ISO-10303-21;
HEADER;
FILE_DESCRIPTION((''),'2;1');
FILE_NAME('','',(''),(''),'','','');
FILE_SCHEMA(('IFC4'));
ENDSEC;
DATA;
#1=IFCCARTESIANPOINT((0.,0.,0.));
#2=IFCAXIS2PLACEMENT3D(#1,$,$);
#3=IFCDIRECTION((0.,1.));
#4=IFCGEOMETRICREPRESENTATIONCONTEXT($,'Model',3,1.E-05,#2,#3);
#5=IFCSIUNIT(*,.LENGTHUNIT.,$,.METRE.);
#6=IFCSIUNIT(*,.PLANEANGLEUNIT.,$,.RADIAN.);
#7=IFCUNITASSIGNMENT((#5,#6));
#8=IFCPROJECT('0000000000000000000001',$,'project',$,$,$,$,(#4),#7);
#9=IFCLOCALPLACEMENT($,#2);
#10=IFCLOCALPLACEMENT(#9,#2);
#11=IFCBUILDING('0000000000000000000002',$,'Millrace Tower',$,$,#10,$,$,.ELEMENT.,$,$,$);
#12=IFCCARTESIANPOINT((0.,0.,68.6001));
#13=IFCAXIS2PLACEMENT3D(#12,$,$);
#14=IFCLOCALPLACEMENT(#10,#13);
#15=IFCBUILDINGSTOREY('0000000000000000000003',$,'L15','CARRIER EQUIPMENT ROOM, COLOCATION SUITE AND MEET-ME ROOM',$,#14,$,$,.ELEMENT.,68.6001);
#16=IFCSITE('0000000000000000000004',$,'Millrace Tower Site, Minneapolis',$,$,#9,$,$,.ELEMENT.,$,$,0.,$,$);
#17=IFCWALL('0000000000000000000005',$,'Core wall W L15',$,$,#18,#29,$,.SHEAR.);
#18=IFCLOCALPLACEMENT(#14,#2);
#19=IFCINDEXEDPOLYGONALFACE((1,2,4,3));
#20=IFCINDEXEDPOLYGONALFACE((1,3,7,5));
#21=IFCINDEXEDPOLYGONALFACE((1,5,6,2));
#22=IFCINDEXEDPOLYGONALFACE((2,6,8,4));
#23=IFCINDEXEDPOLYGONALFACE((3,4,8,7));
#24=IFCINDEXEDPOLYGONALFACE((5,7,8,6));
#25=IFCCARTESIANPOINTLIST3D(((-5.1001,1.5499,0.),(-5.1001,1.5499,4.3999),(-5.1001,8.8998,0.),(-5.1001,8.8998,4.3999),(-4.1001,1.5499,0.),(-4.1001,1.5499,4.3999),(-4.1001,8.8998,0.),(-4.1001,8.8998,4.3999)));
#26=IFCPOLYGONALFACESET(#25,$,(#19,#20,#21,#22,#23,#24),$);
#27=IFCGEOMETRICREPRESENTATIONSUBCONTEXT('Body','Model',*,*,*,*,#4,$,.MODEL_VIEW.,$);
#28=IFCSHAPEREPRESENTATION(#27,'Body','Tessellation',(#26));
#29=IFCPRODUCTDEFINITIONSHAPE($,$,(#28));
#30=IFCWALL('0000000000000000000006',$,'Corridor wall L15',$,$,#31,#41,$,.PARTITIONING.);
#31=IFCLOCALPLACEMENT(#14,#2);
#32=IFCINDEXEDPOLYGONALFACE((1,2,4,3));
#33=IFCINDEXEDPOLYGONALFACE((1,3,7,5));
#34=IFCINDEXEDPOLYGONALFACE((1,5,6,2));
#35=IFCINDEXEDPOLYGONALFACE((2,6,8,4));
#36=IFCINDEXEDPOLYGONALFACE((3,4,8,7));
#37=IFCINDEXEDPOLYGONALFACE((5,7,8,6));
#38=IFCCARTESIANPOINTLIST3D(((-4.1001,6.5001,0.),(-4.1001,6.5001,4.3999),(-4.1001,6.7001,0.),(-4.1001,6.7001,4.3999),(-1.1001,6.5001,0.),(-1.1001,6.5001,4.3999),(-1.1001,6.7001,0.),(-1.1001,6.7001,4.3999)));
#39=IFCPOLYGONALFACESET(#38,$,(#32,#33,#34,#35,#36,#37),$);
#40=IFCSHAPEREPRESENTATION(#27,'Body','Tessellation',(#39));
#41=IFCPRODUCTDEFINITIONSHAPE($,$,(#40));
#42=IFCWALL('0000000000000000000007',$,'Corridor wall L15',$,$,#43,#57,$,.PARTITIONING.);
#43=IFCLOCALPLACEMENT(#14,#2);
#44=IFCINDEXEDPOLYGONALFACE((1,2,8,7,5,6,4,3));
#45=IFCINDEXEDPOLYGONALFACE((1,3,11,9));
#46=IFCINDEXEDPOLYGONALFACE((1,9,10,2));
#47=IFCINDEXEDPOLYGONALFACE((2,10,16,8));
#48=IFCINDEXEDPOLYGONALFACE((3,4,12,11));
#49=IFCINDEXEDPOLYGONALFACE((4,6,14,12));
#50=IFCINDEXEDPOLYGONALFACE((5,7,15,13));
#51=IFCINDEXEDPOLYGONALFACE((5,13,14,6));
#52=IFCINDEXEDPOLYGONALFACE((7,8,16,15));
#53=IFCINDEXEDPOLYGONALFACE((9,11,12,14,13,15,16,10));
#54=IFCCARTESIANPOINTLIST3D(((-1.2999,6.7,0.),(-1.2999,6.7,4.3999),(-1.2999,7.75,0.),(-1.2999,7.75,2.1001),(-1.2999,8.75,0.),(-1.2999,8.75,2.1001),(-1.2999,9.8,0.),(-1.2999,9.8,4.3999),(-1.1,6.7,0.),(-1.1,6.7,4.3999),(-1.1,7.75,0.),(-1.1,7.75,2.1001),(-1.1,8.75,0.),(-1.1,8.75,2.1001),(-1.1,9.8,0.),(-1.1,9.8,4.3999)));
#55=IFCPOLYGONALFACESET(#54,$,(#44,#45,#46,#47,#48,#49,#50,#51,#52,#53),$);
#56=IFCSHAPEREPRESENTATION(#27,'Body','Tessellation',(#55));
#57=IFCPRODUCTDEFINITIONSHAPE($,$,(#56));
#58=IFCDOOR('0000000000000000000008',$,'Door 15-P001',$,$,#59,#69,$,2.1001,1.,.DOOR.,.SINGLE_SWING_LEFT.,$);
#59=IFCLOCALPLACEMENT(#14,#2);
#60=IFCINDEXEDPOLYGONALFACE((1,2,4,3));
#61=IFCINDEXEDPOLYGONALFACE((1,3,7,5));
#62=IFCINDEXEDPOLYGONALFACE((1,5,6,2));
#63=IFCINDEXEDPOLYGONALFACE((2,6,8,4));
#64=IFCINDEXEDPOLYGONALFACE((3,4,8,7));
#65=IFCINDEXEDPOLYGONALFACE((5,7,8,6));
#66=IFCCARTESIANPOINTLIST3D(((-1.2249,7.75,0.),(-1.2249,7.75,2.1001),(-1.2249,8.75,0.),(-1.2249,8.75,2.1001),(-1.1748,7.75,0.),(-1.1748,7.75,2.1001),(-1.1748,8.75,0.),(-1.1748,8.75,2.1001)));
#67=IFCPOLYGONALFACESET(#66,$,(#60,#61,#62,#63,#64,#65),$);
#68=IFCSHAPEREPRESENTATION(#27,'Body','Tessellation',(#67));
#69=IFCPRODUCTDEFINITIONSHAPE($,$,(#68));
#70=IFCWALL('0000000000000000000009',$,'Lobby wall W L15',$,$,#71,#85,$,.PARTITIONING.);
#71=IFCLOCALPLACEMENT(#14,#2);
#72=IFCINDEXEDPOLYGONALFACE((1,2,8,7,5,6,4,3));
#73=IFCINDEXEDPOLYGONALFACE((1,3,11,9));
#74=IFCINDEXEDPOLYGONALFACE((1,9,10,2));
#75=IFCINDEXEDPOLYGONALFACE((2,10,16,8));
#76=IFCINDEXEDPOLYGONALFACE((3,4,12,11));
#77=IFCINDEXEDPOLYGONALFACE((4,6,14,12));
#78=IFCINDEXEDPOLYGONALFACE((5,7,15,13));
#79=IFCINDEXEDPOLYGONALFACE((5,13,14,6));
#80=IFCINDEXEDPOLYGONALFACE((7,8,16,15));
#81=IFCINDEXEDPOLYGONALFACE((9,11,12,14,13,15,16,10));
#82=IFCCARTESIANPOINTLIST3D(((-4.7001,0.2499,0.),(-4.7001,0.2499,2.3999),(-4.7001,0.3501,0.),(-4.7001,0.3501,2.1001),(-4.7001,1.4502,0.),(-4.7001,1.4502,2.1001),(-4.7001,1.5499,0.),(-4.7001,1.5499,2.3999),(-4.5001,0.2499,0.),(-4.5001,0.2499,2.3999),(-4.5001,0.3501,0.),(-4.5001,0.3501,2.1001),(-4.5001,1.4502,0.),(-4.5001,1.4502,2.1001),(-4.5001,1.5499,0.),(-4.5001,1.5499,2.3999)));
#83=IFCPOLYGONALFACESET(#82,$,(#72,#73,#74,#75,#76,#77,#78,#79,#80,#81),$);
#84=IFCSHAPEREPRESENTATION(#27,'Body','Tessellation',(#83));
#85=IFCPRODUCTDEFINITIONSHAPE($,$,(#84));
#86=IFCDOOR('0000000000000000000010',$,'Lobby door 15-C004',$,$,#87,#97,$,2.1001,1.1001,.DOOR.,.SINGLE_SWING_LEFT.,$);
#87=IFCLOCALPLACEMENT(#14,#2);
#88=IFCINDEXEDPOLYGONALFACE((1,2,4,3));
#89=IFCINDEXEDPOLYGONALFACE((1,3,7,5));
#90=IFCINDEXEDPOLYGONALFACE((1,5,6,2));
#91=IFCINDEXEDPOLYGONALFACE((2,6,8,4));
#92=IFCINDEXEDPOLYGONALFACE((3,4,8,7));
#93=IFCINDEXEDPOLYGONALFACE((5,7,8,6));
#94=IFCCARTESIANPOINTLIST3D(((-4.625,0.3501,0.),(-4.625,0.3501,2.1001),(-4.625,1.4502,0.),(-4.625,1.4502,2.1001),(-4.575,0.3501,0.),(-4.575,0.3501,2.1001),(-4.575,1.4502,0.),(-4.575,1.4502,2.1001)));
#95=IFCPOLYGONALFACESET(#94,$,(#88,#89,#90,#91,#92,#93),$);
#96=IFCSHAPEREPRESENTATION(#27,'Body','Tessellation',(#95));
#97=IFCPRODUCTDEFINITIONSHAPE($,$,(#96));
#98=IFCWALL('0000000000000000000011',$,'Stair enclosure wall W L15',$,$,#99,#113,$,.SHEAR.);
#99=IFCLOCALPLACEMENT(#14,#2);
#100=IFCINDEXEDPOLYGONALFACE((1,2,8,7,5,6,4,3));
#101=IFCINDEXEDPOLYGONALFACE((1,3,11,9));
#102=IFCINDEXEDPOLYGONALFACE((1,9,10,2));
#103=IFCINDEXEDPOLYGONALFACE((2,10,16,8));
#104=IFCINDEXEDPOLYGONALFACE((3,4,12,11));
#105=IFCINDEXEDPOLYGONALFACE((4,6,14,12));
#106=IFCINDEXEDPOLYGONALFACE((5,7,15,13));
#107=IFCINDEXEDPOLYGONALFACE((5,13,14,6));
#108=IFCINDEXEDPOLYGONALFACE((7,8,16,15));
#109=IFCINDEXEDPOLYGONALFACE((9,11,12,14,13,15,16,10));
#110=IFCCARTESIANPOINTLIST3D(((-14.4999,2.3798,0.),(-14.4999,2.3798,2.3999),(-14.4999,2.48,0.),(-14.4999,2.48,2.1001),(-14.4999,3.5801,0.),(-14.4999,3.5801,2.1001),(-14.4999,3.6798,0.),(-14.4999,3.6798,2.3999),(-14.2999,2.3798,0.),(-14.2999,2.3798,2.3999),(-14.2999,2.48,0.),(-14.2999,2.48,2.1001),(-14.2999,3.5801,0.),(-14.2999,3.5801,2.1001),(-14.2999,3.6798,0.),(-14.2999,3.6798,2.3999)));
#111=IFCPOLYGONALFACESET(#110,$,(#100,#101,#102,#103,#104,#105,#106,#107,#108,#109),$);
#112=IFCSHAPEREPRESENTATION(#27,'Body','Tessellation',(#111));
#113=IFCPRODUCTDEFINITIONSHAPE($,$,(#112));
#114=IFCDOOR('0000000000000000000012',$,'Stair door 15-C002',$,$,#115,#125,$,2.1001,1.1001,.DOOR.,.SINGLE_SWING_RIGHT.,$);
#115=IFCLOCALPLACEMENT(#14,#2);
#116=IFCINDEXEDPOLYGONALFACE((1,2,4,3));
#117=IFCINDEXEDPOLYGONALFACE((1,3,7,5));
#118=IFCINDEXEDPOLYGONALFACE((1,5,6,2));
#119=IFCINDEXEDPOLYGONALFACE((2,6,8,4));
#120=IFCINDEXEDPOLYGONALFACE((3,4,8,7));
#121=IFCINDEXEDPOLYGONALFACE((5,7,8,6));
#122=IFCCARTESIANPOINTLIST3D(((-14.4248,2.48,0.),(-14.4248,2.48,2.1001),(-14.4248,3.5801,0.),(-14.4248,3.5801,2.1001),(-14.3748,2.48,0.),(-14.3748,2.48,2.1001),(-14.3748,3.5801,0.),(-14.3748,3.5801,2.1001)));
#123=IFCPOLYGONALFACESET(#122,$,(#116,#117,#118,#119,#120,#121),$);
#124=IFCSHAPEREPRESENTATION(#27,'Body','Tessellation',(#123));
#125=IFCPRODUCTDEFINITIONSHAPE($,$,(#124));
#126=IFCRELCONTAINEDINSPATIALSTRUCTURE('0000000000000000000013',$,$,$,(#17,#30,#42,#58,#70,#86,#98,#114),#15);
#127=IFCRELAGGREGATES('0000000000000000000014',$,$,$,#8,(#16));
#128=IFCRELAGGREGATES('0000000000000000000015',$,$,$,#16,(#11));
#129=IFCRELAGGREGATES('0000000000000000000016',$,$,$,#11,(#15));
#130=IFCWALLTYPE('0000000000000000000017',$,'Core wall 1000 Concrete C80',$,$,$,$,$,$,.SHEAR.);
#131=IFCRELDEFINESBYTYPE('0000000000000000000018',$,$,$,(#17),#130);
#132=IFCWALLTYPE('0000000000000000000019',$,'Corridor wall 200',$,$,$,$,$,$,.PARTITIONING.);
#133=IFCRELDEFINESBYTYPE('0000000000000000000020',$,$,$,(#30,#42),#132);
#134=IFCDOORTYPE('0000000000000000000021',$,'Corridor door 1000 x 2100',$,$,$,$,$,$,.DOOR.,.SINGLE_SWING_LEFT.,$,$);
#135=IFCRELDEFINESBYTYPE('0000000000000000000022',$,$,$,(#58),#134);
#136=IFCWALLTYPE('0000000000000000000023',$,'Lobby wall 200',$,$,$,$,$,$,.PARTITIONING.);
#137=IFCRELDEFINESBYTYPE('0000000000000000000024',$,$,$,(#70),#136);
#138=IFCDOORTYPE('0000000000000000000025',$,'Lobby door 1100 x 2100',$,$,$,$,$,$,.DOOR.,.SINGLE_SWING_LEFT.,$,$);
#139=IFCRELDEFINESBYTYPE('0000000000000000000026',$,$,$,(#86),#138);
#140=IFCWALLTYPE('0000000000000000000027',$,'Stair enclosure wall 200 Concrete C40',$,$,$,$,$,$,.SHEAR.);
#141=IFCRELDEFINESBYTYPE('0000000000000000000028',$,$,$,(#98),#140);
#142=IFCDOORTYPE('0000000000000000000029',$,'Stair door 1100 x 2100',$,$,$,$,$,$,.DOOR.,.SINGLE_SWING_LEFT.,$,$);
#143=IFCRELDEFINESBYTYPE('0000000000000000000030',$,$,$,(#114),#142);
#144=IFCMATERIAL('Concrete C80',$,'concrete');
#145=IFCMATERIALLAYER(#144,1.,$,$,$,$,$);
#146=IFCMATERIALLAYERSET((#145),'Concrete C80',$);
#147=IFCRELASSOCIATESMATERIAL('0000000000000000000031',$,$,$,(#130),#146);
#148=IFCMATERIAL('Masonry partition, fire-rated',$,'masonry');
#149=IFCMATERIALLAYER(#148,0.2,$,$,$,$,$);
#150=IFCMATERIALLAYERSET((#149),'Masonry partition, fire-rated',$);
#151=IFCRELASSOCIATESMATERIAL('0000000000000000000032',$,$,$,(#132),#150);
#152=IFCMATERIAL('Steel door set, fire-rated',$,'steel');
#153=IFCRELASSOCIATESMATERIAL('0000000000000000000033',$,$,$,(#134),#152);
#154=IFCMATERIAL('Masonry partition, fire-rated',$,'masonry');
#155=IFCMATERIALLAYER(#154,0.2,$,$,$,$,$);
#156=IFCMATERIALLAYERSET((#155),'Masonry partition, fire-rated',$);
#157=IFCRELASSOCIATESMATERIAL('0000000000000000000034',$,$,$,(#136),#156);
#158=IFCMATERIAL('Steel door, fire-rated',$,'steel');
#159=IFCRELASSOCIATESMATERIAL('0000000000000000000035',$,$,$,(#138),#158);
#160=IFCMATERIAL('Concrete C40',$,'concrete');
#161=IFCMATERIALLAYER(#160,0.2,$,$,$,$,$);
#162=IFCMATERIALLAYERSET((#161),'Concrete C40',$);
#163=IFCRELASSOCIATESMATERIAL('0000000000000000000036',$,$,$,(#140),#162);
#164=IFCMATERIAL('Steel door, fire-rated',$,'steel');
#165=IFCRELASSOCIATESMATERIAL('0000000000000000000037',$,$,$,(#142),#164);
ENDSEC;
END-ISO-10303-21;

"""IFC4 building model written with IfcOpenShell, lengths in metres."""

from ifc_helpers import new_model, si_unit, direction, frame, frame_2d, origin, place, context, subcontext, project, spatial, rectangle, extrude, material, layer, layer_set, type_object, element, fill, save


model = new_model("IFC4")

# Units and contexts
model_context = context("Model", 3, precision=1e-05, world=origin(), true_north=direction((0.0, 1.0)))
body_context = subcontext(model_context, "Body", "Model", "MODEL_VIEW")
ifc_project = project(units=[si_unit("LENGTHUNIT", "METRE"), si_unit("PLANEANGLEUNIT", "RADIAN")], contexts=[model_context])

# Site, building, storey
site_placement = place(None, origin())
site = spatial("IfcSite", under=ifc_project, at=site_placement, Name="Millrace Tower Site, Minneapolis", CompositionType="ELEMENT", RefElevation=0.0)
building_placement = place(site_placement, origin())
building = spatial("IfcBuilding", under=site, at=building_placement, Name="Millrace Tower", CompositionType="ELEMENT")
storey_placement = place(building_placement, frame((0.0, 0.0, 68.6001)))
storey = spatial("IfcBuildingStorey", under=building, at=storey_placement, Name="L15", Description="CARRIER EQUIPMENT ROOM, COLOCATION SUITE AND MEET-ME ROOM", CompositionType="ELEMENT", Elevation=68.6001)

# Walls
ifc_material_1 = material(Name="Concrete C80", Category="concrete")
ifc_layer_1 = layer(ifc_material_1, 1.0)
ifc_layer_set_1 = layer_set([ifc_layer_1], Name="Concrete C80")
wall_type_1 = type_object("IfcWallType", Name="Core wall 1000 Concrete C80", PredefinedType="SHEAR", material=ifc_layer_set_1)
wall_1_placement = place(storey_placement, frame((-4.6001, 1.55, 0.0), z_axis=(0.0, 0.0, 1.0), x_axis=(0.0, 1.0, 0.0)))
element("IfcWall", 1, at=wall_1_placement, inside=storey, type_object=wall_type_1, Name="Core wall W L15", PredefinedType="SHEAR", context=body_context, shape_type="SweptSolid", body=[
    extrude(rectangle(XDim=7.3499, YDim=1.0, at=frame_2d((3.6748, 0.0))), origin(), (0.0, 0.0, 1.0), 4.3999),
])
ifc_material_2 = material(Name="Masonry partition, fire-rated", Category="masonry")
ifc_layer_2 = layer(ifc_material_2, 0.2)
ifc_layer_set_2 = layer_set([ifc_layer_2], Name="Masonry partition, fire-rated")
wall_type_2 = type_object("IfcWallType", Name="Corridor wall 200", PredefinedType="PARTITIONING", material=ifc_layer_set_2)
wall_2_placement = place(storey_placement, frame((-4.1001, 6.6001, 0.0), z_axis=(0.0, 0.0, 1.0), x_axis=(1.0, 0.0, 0.0)))
element("IfcWall", 2, at=wall_2_placement, inside=storey, type_object=wall_type_2, Name="Corridor wall L15", PredefinedType="PARTITIONING", context=body_context, shape_type="SweptSolid", body=[
    extrude(rectangle(XDim=3.0, YDim=0.2, at=frame_2d((1.5, 0.0))), origin(), (0.0, 0.0, 1.0), 4.3999),
])

# Walls, openings, doors
wall_3_placement = place(storey_placement, frame((-1.2, 6.7, 0.0), z_axis=(0.0, 0.0, 1.0), x_axis=(0.0, 1.0, 0.0)))
wall_3 = element("IfcWall", 3, at=wall_3_placement, inside=storey, type_object=wall_type_2, Name="Corridor wall L15", PredefinedType="PARTITIONING", context=body_context, shape_type="SweptSolid", body=[
    extrude(rectangle(XDim=3.1001, YDim=0.2, at=frame_2d((1.55, 0.0))), origin(), (0.0, 0.0, 1.0), 4.3999),
])
opening_1_placement = place(wall_3_placement, frame((1.05, 0.0, 0.0)))
opening_1 = element("IfcOpeningElement", 4, at=opening_1_placement, cuts=wall_3, PredefinedType="OPENING", context=body_context, shape_type="SweptSolid", body=[
    extrude(rectangle(XDim=1.0, YDim=2.1001, at=frame_2d((0.5, 1.05))), frame((0.0, 0.1099, 0.0), z_axis=(0.0, -1.0, 0.0), x_axis=(1.0, 0.0, 0.0)), (0.0, 0.0, 1.0), 0.22),
])
ifc_material_3 = material(Name="Steel door set, fire-rated", Category="steel")
door_type_1 = type_object("IfcDoorType", Name="Corridor door 1000 x 2100", OperationType="SINGLE_SWING_LEFT", PredefinedType="DOOR", material=ifc_material_3)
door_1_placement = place(opening_1_placement, origin())
door_1 = element("IfcDoor", 5, at=door_1_placement, inside=storey, type_object=door_type_1, Name="Door 15-P001", OperationType="SINGLE_SWING_LEFT", OverallHeight=2.1001, OverallWidth=1.0, PredefinedType="DOOR", context=body_context, shape_type="SweptSolid", body=[
    extrude(rectangle(XDim=1.0, YDim=2.1001, at=frame_2d((0.5, 1.05))), frame((0.0, 0.0249, 0.0), z_axis=(0.0, -1.0, 0.0), x_axis=(1.0, 0.0, 0.0)), (0.0, 0.0, 1.0), 0.05),
])
fill(opening_1, door_1)
ifc_material_4 = material(Name="Masonry partition, fire-rated", Category="masonry")
ifc_layer_3 = layer(ifc_material_4, 0.2)
ifc_layer_set_3 = layer_set([ifc_layer_3], Name="Masonry partition, fire-rated")
wall_type_3 = type_object("IfcWallType", Name="Lobby wall 200", PredefinedType="PARTITIONING", material=ifc_layer_set_3)
wall_4_placement = place(storey_placement, frame((-4.6001, 0.25, 0.0), z_axis=(0.0, 0.0, 1.0), x_axis=(0.0, 1.0, 0.0)))
wall_4 = element("IfcWall", 6, at=wall_4_placement, inside=storey, type_object=wall_type_3, Name="Lobby wall W L15", PredefinedType="PARTITIONING", context=body_context, shape_type="SweptSolid", body=[
    extrude(rectangle(XDim=1.3, YDim=0.2, at=frame_2d((0.6499, 0.0))), origin(), (0.0, 0.0, 1.0), 2.3999),
])
opening_2_placement = place(wall_4_placement, frame((0.1001, 0.0, 0.0)))
opening_2 = element("IfcOpeningElement", 7, at=opening_2_placement, cuts=wall_4, PredefinedType="OPENING", context=body_context, shape_type="SweptSolid", body=[
    extrude(rectangle(XDim=1.1001, YDim=2.1001, at=frame_2d((0.55, 1.05))), frame((0.0, 0.1099, 0.0), z_axis=(0.0, -1.0, 0.0), x_axis=(1.0, 0.0, 0.0)), (0.0, 0.0, 1.0), 0.22),
])
ifc_material_5 = material(Name="Steel door, fire-rated", Category="steel")
door_type_2 = type_object("IfcDoorType", Name="Lobby door 1100 x 2100", OperationType="SINGLE_SWING_LEFT", PredefinedType="DOOR", material=ifc_material_5)
door_2_placement = place(opening_2_placement, origin())
door_2 = element("IfcDoor", 8, at=door_2_placement, inside=storey, type_object=door_type_2, Name="Lobby door 15-C004", OperationType="SINGLE_SWING_LEFT", OverallHeight=2.1001, OverallWidth=1.1001, PredefinedType="DOOR", context=body_context, shape_type="SweptSolid", body=[
    extrude(rectangle(XDim=1.1001, YDim=2.1001, at=frame_2d((0.55, 1.05))), frame((0.0, 0.0249, 0.0), z_axis=(0.0, -1.0, 0.0), x_axis=(1.0, 0.0, 0.0)), (0.0, 0.0, 1.0), 0.05),
])
fill(opening_2, door_2)
ifc_material_6 = material(Name="Concrete C40", Category="concrete")
ifc_layer_4 = layer(ifc_material_6, 0.2)
ifc_layer_set_4 = layer_set([ifc_layer_4], Name="Concrete C40")
wall_type_4 = type_object("IfcWallType", Name="Stair enclosure wall 200 Concrete C40", PredefinedType="SHEAR", material=ifc_layer_set_4)
wall_5_placement = place(storey_placement, frame((-14.3999, 2.3799, 0.0), z_axis=(0.0, 0.0, 1.0), x_axis=(0.0, 1.0, 0.0)))
wall_5 = element("IfcWall", 9, at=wall_5_placement, inside=storey, type_object=wall_type_4, Name="Stair enclosure wall W L15", PredefinedType="SHEAR", context=body_context, shape_type="SweptSolid", body=[
    extrude(rectangle(XDim=1.3, YDim=0.2, at=frame_2d((0.6499, 0.0))), origin(), (0.0, 0.0, 1.0), 2.3999),
])
opening_3_placement = place(wall_5_placement, frame((0.1001, 0.0, 0.0)))
opening_3 = element("IfcOpeningElement", 10, at=opening_3_placement, cuts=wall_5, PredefinedType="OPENING", context=body_context, shape_type="SweptSolid", body=[
    extrude(rectangle(XDim=1.1001, YDim=2.1001, at=frame_2d((0.55, 1.05))), frame((0.0, 0.1099, 0.0), z_axis=(0.0, -1.0, 0.0), x_axis=(1.0, 0.0, 0.0)), (0.0, 0.0, 1.0), 0.22),
])
ifc_material_7 = material(Name="Steel door, fire-rated", Category="steel")
door_type_3 = type_object("IfcDoorType", Name="Stair door 1100 x 2100", OperationType="SINGLE_SWING_LEFT", PredefinedType="DOOR", material=ifc_material_7)
door_3_placement = place(opening_3_placement, origin())
door_3 = element("IfcDoor", 11, at=door_3_placement, inside=storey, type_object=door_type_3, Name="Stair door 15-C002", OperationType="SINGLE_SWING_RIGHT", OverallHeight=2.1001, OverallWidth=1.1001, PredefinedType="DOOR", context=body_context, shape_type="SweptSolid", body=[
    extrude(rectangle(XDim=1.1001, YDim=2.1001, at=frame_2d((0.55, 1.05))), frame((0.0, 0.0249, 0.0), z_axis=(0.0, -1.0, 0.0), x_axis=(1.0, 0.0, 0.0)), (0.0, 0.0, 1.0), 0.05),
])
fill(opening_3, door_3)

save(model, "model.ifc")
